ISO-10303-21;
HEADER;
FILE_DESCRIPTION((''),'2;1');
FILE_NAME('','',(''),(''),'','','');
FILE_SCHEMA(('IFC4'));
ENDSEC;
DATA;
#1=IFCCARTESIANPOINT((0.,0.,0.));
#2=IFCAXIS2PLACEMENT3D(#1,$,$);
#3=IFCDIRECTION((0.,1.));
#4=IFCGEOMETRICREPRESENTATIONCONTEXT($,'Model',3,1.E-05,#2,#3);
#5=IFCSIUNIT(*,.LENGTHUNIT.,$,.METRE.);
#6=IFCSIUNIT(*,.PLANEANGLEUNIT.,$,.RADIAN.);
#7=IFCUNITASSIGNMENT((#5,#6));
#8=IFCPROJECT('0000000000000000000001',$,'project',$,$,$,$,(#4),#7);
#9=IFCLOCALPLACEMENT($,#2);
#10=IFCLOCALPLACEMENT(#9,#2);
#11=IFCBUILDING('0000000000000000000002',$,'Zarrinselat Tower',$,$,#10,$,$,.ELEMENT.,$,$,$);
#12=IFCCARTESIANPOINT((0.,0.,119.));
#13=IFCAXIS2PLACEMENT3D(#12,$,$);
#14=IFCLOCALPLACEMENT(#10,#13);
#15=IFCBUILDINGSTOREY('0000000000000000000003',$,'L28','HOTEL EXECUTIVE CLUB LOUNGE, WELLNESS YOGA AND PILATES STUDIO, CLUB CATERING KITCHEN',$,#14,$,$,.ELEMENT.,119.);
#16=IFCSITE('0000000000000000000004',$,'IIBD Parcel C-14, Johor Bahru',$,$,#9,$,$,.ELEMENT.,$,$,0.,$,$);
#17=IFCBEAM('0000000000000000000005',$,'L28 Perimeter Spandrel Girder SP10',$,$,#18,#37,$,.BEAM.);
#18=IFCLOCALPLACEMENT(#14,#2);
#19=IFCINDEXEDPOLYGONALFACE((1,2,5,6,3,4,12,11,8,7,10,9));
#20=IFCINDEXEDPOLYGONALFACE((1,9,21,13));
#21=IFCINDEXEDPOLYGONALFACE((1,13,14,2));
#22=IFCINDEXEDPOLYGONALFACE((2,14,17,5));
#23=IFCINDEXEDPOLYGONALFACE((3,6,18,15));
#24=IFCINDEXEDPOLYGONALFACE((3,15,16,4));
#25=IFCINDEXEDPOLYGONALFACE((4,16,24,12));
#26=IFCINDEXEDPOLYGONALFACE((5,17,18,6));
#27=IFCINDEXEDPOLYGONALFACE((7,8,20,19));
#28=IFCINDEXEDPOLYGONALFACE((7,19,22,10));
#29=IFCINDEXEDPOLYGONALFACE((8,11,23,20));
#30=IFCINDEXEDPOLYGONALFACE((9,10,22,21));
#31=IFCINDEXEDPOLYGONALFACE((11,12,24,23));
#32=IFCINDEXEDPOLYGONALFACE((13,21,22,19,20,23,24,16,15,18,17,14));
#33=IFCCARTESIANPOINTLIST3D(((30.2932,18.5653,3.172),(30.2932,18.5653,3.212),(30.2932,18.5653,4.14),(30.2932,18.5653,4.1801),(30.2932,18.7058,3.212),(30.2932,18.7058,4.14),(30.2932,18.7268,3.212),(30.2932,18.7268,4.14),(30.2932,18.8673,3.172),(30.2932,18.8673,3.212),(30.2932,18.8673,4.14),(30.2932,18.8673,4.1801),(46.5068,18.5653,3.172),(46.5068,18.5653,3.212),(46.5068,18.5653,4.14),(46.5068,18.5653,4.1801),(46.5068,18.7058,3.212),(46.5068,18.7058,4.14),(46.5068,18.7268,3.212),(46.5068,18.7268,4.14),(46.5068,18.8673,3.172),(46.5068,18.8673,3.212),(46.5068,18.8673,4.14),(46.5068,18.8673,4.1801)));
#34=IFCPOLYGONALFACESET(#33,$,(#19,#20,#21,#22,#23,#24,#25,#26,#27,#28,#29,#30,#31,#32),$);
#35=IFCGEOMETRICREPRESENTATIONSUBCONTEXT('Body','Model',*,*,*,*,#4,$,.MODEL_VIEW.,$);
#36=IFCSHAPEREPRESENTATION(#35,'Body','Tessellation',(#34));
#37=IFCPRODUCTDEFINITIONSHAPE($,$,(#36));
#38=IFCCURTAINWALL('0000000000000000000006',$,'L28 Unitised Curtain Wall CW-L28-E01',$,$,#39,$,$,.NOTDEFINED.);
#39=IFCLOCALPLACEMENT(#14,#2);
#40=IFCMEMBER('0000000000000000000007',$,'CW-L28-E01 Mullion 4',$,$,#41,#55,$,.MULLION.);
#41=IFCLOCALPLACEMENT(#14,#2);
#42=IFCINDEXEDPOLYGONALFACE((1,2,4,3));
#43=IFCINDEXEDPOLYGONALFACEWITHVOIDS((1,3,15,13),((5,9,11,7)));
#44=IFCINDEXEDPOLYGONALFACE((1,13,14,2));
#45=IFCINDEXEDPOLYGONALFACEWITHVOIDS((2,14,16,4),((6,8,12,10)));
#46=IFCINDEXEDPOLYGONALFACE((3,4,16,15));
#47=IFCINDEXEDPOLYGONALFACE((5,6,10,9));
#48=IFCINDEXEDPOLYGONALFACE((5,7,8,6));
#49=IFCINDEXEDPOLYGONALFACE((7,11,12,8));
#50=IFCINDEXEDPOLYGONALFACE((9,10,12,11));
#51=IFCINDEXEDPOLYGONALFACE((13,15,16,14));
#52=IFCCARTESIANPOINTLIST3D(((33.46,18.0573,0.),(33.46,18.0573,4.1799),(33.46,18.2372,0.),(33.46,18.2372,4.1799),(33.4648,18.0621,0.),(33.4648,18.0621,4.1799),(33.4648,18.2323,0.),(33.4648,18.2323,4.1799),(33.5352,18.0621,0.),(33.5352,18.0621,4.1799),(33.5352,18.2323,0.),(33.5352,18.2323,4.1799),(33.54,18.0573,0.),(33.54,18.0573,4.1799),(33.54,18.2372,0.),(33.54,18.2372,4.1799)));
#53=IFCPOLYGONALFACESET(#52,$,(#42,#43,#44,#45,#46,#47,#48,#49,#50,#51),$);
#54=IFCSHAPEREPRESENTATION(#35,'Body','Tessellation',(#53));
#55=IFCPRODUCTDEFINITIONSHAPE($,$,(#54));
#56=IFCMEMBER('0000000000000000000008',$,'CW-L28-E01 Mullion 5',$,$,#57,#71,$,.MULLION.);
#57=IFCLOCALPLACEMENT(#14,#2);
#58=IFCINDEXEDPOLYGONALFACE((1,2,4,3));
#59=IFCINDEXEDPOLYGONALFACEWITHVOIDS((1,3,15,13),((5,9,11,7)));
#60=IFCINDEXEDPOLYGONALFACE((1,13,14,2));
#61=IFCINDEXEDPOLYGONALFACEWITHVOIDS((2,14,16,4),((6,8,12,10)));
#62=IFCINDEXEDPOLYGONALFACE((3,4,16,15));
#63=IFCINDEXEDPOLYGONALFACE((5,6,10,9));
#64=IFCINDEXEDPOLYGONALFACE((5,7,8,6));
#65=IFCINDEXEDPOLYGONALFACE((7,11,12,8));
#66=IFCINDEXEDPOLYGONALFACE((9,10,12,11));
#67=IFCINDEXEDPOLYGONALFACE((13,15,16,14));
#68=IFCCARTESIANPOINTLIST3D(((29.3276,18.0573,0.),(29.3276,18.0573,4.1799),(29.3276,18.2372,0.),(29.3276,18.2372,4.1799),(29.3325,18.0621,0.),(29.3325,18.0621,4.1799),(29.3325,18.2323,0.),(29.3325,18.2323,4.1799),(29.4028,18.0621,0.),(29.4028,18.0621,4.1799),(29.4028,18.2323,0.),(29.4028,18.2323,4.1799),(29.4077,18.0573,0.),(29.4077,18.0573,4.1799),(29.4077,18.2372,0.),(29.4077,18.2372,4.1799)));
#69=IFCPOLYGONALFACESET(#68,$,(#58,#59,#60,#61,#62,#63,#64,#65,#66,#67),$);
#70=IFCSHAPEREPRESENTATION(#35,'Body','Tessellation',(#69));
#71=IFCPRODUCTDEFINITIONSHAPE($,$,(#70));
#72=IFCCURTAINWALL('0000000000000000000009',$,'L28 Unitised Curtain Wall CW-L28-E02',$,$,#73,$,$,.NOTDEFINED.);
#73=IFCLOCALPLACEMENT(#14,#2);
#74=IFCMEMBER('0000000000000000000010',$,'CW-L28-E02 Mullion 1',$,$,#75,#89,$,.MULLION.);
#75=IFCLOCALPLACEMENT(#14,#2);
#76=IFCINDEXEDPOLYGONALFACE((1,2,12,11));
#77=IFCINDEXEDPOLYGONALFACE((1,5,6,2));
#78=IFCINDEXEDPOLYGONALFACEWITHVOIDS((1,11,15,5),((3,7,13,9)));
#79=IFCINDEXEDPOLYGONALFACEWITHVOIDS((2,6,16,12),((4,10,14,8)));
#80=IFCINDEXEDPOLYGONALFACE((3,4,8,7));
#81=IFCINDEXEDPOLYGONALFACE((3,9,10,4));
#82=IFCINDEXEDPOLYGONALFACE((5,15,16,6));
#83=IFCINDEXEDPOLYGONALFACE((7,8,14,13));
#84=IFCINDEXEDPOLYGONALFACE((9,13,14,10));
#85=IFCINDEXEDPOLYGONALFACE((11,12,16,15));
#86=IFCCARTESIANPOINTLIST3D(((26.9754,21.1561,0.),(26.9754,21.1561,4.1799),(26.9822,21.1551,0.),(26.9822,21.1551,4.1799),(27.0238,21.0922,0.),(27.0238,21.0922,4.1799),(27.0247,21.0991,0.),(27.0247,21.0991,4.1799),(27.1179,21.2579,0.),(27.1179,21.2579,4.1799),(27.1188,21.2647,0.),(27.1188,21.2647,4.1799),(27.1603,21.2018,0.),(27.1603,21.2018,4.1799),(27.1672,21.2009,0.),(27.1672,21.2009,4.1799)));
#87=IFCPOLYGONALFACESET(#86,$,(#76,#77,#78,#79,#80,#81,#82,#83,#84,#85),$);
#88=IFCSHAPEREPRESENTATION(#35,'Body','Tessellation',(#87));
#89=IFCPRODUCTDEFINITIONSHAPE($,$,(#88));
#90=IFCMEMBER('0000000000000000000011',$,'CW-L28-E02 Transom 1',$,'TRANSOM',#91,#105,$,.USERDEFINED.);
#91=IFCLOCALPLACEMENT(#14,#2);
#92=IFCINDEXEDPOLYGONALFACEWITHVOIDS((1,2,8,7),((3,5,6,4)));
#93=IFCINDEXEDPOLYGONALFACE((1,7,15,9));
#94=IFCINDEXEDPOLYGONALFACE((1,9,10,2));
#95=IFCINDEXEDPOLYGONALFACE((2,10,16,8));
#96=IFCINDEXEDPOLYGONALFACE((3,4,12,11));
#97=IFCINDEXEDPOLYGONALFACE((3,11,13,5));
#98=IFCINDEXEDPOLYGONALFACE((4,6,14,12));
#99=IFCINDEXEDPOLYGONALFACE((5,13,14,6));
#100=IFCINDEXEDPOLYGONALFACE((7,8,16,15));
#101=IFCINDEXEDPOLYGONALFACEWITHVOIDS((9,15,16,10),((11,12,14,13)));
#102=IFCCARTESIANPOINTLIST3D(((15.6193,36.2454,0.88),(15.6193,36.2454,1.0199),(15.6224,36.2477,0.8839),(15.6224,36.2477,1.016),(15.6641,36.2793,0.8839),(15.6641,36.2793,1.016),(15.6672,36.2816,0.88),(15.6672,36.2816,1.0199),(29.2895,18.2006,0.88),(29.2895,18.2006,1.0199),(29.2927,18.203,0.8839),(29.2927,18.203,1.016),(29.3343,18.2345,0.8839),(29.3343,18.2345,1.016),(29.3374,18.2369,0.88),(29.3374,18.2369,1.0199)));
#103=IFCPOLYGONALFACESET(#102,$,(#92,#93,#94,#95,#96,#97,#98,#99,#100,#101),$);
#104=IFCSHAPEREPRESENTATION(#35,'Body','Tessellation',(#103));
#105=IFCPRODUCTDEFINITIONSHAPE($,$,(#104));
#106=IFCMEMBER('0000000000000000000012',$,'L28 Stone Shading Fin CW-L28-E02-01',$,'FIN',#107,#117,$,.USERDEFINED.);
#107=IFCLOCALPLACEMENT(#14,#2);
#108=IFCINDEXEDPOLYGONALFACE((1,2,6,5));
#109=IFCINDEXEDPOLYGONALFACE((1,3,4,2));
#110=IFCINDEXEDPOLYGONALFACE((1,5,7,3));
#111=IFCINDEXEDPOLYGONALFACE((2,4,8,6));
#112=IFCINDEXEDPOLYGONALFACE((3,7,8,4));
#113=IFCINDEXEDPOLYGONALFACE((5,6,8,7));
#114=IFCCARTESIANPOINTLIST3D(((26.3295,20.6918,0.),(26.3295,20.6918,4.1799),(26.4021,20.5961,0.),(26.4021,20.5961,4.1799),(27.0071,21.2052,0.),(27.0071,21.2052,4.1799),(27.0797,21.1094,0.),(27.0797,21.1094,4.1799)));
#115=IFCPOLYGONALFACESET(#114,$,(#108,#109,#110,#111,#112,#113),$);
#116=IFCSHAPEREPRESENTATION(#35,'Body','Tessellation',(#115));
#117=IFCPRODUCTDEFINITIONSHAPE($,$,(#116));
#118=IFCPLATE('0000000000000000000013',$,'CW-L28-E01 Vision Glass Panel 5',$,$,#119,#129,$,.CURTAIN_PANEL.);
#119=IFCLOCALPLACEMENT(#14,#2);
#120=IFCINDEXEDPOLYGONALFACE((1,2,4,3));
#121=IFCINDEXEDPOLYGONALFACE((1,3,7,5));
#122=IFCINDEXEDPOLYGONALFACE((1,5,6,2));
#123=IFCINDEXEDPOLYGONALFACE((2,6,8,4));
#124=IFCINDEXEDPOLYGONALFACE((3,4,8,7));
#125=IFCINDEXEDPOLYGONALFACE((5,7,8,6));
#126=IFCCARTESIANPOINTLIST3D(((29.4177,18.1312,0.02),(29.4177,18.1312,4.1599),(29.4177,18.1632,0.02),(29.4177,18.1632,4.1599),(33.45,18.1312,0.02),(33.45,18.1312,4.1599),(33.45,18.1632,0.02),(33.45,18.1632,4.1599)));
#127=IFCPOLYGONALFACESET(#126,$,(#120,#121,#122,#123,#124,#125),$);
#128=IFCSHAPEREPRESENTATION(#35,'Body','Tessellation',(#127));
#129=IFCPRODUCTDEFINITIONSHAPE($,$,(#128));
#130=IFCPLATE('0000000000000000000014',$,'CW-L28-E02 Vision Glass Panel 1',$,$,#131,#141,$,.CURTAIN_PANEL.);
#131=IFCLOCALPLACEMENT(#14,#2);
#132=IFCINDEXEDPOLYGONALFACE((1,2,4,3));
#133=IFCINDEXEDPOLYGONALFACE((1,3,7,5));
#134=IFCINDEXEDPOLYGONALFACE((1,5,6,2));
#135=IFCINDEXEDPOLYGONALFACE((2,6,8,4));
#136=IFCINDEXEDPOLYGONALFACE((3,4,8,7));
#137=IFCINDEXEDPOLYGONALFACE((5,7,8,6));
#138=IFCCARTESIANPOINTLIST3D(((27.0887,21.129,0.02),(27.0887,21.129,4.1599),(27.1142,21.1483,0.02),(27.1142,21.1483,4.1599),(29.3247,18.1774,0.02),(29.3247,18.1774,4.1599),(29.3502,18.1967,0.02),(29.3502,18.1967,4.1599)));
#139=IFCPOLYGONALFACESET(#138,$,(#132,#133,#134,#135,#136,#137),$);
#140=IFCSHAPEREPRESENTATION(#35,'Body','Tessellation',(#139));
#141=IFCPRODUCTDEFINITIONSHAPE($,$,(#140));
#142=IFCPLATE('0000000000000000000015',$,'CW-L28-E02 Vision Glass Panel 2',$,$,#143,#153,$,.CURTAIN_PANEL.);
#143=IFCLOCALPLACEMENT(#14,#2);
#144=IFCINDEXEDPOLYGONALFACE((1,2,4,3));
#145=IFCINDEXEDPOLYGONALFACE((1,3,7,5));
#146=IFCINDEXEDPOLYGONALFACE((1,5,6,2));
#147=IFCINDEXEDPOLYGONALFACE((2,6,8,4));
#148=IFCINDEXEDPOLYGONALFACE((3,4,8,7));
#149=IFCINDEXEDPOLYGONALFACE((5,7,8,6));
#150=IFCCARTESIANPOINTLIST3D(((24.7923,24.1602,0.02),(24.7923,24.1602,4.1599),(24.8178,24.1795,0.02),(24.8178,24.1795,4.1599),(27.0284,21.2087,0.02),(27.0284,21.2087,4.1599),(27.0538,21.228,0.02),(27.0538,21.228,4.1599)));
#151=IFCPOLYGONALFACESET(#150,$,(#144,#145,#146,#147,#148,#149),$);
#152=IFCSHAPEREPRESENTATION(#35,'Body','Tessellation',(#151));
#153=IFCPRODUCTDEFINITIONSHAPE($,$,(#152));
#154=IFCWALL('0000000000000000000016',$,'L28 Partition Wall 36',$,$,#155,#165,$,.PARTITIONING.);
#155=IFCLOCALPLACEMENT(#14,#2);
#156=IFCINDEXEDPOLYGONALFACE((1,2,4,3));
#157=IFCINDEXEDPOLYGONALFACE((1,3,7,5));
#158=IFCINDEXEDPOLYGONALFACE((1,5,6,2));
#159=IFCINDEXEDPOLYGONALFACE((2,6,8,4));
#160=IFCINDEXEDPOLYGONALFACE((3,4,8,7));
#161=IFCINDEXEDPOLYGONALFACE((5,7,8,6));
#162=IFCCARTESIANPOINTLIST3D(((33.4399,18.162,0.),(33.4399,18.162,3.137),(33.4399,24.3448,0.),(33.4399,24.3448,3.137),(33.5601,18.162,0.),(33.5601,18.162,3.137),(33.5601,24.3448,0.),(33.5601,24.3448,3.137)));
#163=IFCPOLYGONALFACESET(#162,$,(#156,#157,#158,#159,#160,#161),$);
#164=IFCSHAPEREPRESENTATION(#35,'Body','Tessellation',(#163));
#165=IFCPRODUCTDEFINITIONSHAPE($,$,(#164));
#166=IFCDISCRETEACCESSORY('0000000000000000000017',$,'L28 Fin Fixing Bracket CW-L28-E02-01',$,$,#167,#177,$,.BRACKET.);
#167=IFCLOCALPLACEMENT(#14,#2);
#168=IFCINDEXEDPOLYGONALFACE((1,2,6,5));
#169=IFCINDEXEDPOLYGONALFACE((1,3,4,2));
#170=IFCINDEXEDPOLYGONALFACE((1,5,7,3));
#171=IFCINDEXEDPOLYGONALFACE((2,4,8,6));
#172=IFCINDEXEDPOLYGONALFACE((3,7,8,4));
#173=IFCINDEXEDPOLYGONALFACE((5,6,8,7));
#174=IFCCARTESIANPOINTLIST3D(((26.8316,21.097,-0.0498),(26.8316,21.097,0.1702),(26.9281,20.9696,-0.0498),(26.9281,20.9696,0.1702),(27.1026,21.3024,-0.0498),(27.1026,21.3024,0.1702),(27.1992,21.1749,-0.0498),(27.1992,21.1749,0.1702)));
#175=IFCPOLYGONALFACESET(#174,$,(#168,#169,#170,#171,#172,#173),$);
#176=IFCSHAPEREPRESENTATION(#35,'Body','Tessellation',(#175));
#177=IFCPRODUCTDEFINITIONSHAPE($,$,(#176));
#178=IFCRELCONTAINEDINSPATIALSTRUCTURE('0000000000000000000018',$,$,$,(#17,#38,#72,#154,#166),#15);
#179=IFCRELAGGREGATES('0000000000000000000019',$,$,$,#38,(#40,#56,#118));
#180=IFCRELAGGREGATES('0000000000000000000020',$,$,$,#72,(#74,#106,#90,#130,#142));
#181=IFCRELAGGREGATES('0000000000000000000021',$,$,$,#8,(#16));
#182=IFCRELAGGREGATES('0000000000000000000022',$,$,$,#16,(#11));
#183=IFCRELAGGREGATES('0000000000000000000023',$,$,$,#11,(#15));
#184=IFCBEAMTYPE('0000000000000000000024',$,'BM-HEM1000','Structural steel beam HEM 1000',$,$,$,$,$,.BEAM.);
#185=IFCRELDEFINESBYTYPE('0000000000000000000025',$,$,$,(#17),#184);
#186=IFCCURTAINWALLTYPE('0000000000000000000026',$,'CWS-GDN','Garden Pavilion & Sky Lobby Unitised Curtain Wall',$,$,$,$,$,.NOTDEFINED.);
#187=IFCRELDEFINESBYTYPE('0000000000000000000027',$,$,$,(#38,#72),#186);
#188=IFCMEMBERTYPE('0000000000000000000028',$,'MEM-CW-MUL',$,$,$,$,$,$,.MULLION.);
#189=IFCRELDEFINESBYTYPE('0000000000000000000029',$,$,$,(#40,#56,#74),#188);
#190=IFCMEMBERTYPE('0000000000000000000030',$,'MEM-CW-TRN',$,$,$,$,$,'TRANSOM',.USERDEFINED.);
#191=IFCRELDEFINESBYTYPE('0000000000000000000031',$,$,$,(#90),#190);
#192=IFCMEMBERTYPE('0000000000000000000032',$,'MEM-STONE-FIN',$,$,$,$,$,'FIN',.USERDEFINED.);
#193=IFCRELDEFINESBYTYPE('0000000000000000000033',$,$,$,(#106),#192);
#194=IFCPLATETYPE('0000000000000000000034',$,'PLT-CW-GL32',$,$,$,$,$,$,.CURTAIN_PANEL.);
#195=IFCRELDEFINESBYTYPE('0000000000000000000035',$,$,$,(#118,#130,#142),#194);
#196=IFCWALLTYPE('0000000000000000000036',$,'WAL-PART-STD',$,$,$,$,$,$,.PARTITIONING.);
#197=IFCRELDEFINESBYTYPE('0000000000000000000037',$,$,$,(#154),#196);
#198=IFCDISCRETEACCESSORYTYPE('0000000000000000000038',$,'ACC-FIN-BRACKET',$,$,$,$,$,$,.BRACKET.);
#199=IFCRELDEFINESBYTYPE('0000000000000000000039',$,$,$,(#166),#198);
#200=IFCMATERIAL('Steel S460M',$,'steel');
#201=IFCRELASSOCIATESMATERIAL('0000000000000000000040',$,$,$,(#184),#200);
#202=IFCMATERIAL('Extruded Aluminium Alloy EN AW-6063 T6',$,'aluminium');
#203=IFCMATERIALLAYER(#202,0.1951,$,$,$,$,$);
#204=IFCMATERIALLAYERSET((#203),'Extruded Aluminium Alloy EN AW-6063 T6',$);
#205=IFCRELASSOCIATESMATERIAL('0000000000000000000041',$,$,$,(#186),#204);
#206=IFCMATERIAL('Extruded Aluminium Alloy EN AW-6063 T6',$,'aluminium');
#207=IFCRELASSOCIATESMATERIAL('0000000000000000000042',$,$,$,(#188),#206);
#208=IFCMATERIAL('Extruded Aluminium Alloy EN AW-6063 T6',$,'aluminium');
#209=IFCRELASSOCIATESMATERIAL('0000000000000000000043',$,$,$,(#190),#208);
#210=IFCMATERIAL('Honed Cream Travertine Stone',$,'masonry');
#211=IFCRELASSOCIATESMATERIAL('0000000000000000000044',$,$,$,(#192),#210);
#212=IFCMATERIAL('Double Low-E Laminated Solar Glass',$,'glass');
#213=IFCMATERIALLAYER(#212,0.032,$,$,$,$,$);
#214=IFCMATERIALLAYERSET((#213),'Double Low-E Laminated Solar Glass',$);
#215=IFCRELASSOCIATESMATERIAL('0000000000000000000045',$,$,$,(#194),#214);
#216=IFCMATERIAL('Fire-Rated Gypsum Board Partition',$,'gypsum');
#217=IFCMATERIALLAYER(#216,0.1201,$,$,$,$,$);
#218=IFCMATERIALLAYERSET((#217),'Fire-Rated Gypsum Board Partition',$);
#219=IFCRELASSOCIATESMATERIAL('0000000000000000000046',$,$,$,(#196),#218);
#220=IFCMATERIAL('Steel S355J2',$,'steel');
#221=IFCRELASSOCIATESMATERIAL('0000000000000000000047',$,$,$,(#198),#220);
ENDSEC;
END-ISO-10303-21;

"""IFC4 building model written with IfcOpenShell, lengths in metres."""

from ifc_helpers import new_model, si_unit, direction, frame, frame_2d, origin, origin_2d, place, context, subcontext, project, spatial, rectangle, hollow_rectangle, i_section, extrude, material, layer, layer_set, material_profile, profile_set, type_object, element, aggregate, save


model = new_model("IFC4")

# Units and contexts
model_context = context("Model", 3, precision=1e-05, world=origin(), true_north=direction((0.0, 1.0)))
body_context = subcontext(model_context, "Body", "Model", "MODEL_VIEW")
ifc_project = project(units=[si_unit("LENGTHUNIT", "METRE"), si_unit("PLANEANGLEUNIT", "RADIAN")], contexts=[model_context])

# Site, building, storey
site_placement = place(None, origin())
site = spatial("IfcSite", under=ifc_project, at=site_placement, Name="IIBD Parcel C-14, Johor Bahru", CompositionType="ELEMENT", RefElevation=0.0)
building_placement = place(site_placement, origin())
building = spatial("IfcBuilding", under=site, at=building_placement, Name="Zarrinselat Tower", CompositionType="ELEMENT")
storey_placement = place(building_placement, frame((0.0, 0.0, 119.0)))
storey = spatial("IfcBuildingStorey", under=building, at=storey_placement, Name="L28", Description="HOTEL EXECUTIVE CLUB LOUNGE, WELLNESS YOGA AND PILATES STUDIO, CLUB CATERING KITCHEN", CompositionType="ELEMENT", Elevation=119.0)

# Beam
ifc_material_1 = material(Name="Steel S460M", Category="steel")
ifc_material_profile_1 = material_profile(ifc_material_1, i_section(OverallWidth=0.302, OverallDepth=1.0081, WebThickness=0.021, FlangeThickness=0.04, at=origin_2d()), Name="HEM 1000")
ifc_profile_set_1 = profile_set([ifc_material_profile_1], Name="Steel S460M")
beam_type_1 = type_object("IfcBeamType", Name="BM-HEM1000", Description="Structural steel beam HEM 1000", PredefinedType="BEAM", material=ifc_profile_set_1)
beam_1_placement = place(storey_placement, frame((30.2932, 18.7163, 3.676), z_axis=(1.0, 0.0, 0.0), x_axis=(0.0, 1.0, 0.0)))
element("IfcBeam", 1, at=beam_1_placement, inside=storey, type_object=beam_type_1, Name="L28 Perimeter Spandrel Girder SP10", PredefinedType="BEAM", context=body_context, shape_type="SweptSolid", body=[
    extrude(i_section(OverallWidth=0.302, OverallDepth=1.0081, WebThickness=0.021, FlangeThickness=0.04, at=origin_2d()), origin(), (0.0, 0.0, 1.0), 16.2136),
])

# Curtain walls, members
ifc_material_2 = material(Name="Extruded Aluminium Alloy EN AW-6063 T6", Category="aluminium")
ifc_layer_1 = layer(ifc_material_2, 0.1951)
ifc_layer_set_1 = layer_set([ifc_layer_1], Name="Extruded Aluminium Alloy EN AW-6063 T6")
curtain_wall_type = type_object("IfcCurtainWallType", Name="CWS-GDN", Description="Garden Pavilion & Sky Lobby Unitised Curtain Wall", PredefinedType="NOTDEFINED", material=ifc_layer_set_1)
curtain_wall_1_placement = place(storey_placement, origin())
curtain_wall_1 = element("IfcCurtainWall", 2, at=curtain_wall_1_placement, inside=storey, type_object=curtain_wall_type, Name="L28 Unitised Curtain Wall CW-L28-E01", PredefinedType="NOTDEFINED")
ifc_material_3 = material(Name="Extruded Aluminium Alloy EN AW-6063 T6", Category="aluminium")
ifc_material_profile_2 = material_profile(ifc_material_3, hollow_rectangle(XDim=0.0801, YDim=0.1799, WallThickness=0.0049, at=origin_2d()), Name="RHS 180x80x5")
ifc_profile_set_2 = profile_set([ifc_material_profile_2], Name="Extruded Aluminium Alloy EN AW-6063 T6")
member_type_1 = type_object("IfcMemberType", Name="MEM-CW-MUL", PredefinedType="MULLION", material=ifc_profile_set_2)
member_1_placement = place(storey_placement, frame((33.5, 18.1472, 0.0), z_axis=(0.0, 0.0, 1.0), x_axis=(-1.0, 0.0, 0.0)))
member_1 = element("IfcMember", 3, at=member_1_placement, type_object=member_type_1, Name="CW-L28-E01 Mullion 4", PredefinedType="MULLION", context=body_context, shape_type="SweptSolid", body=[
    extrude(hollow_rectangle(XDim=0.0801, YDim=0.1799, WallThickness=0.0049, at=origin_2d()), origin(), (0.0, 0.0, 1.0), 4.1799),
])
member_2_placement = place(storey_placement, frame((29.3677, 18.1472, 0.0), z_axis=(0.0, 0.0, 1.0), x_axis=(-1.0, 0.0, 0.0)))
member_2 = element("IfcMember", 4, at=member_2_placement, type_object=member_type_1, Name="CW-L28-E01 Mullion 5", PredefinedType="MULLION", context=body_context, shape_type="SweptSolid", body=[
    extrude(hollow_rectangle(XDim=0.0801, YDim=0.1799, WallThickness=0.0049, at=origin_2d()), origin(), (0.0, 0.0, 1.0), 4.1799),
])
curtain_wall_2_placement = place(storey_placement, origin())
curtain_wall_2 = element("IfcCurtainWall", 5, at=curtain_wall_2_placement, inside=storey, type_object=curtain_wall_type, Name="L28 Unitised Curtain Wall CW-L28-E02", PredefinedType="NOTDEFINED")
member_3_placement = place(storey_placement, frame((27.0713, 21.1785, 0.0), z_axis=(0.0, 0.0, 1.0), x_axis=(-0.603858, 0.797092, 0.0)))
member_3 = element("IfcMember", 6, at=member_3_placement, type_object=member_type_1, Name="CW-L28-E02 Mullion 1", PredefinedType="MULLION", context=body_context, shape_type="SweptSolid", body=[
    extrude(hollow_rectangle(XDim=0.0801, YDim=0.1799, WallThickness=0.0049, at=origin_2d()), origin(), (0.0, 0.0, 1.0), 4.1799),
])
ifc_material_4 = material(Name="Extruded Aluminium Alloy EN AW-6063 T6", Category="aluminium")
ifc_material_profile_3 = material_profile(ifc_material_4, hollow_rectangle(XDim=0.0601, YDim=0.1399, WallThickness=0.0039, at=origin_2d()), Name="RHS 140x60x4")
ifc_profile_set_3 = profile_set([ifc_material_profile_3], Name="Extruded Aluminium Alloy EN AW-6063 T6")
member_type_2 = type_object("IfcMemberType", Name="MEM-CW-TRN", ElementType="TRANSOM", PredefinedType="USERDEFINED", material=ifc_profile_set_3)
member_4_placement = place(storey_placement, frame((29.3135, 18.2188, 0.95), z_axis=(-0.603856, 0.797093, 0.0), x_axis=(-0.797093, -0.603856, 0.0)))
member_4 = element("IfcMember", 7, at=member_4_placement, type_object=member_type_2, Name="CW-L28-E02 Transom 1", ObjectType="TRANSOM", PredefinedType="USERDEFINED", context=body_context, shape_type="SweptSolid", body=[
    extrude(hollow_rectangle(XDim=0.0601, YDim=0.1399, WallThickness=0.0039, at=origin_2d()), origin(), (0.0, 0.0, 1.0), 22.6382),
])
ifc_material_5 = material(Name="Honed Cream Travertine Stone", Category="masonry")
ifc_material_profile_4 = material_profile(ifc_material_5, rectangle(XDim=0.1201, YDim=0.8501, at=origin_2d()), Name="FIN 850x120")
ifc_profile_set_4 = profile_set([ifc_material_profile_4], Name="Honed Cream Travertine Stone")
member_type_3 = type_object("IfcMemberType", Name="MEM-STONE-FIN", ElementType="FIN", PredefinedType="USERDEFINED", material=ifc_profile_set_4)
member_5_placement = place(storey_placement, frame((26.7046, 20.9006, 0.0), z_axis=(0.0, 0.0, 1.0), x_axis=(-0.603858, 0.797092, 0.0)))
member_5 = element("IfcMember", 8, at=member_5_placement, type_object=member_type_3, Name="L28 Stone Shading Fin CW-L28-E02-01", ObjectType="FIN", PredefinedType="USERDEFINED", context=body_context, shape_type="SweptSolid", body=[
    extrude(rectangle(XDim=0.1201, YDim=0.8501, at=origin_2d()), origin(), (0.0, 0.0, 1.0), 4.1799),
])

# Plates
ifc_material_6 = material(Name="Double Low-E Laminated Solar Glass", Category="glass")
ifc_layer_2 = layer(ifc_material_6, 0.032)
ifc_layer_set_2 = layer_set([ifc_layer_2], Name="Double Low-E Laminated Solar Glass")
plate_type = type_object("IfcPlateType", Name="PLT-CW-GL32", PredefinedType="CURTAIN_PANEL", material=ifc_layer_set_2)
plate_1_placement = place(storey_placement, frame((31.4338, 18.1472, 0.02), z_axis=(0.0, 0.0, 1.0), x_axis=(-1.0, 0.0, 0.0)))
plate_1 = element("IfcPlate", 9, at=plate_1_placement, type_object=plate_type, Name="CW-L28-E01 Vision Glass Panel 5", PredefinedType="CURTAIN_PANEL", context=body_context, shape_type="SweptSolid", body=[
    extrude(rectangle(XDim=4.0322, YDim=0.032, at=origin_2d()), origin(), (0.0, 0.0, 1.0), 4.1399),
])
aggregate(curtain_wall_1, [member_1, member_2, plate_1])
plate_2_placement = place(storey_placement, frame((28.2195, 19.6628, 0.02), z_axis=(0.0, 0.0, 1.0), x_axis=(-0.603858, 0.797092, 0.0)))
plate_2 = element("IfcPlate", 10, at=plate_2_placement, type_object=plate_type, Name="CW-L28-E02 Vision Glass Panel 1", PredefinedType="CURTAIN_PANEL", context=body_context, shape_type="SweptSolid", body=[
    extrude(rectangle(XDim=3.7029, YDim=0.032, at=origin_2d()), origin(), (0.0, 0.0, 1.0), 4.1399),
])
plate_3_placement = place(storey_placement, frame((25.9231, 22.6941, 0.02), z_axis=(0.0, 0.0, 1.0), x_axis=(-0.603858, 0.797092, 0.0)))
plate_3 = element("IfcPlate", 11, at=plate_3_placement, type_object=plate_type, Name="CW-L28-E02 Vision Glass Panel 2", PredefinedType="CURTAIN_PANEL", context=body_context, shape_type="SweptSolid", body=[
    extrude(rectangle(XDim=3.7029, YDim=0.032, at=origin_2d()), origin(), (0.0, 0.0, 1.0), 4.1399),
])
aggregate(curtain_wall_2, [member_3, member_5, member_4, plate_2, plate_3])

# Wall
ifc_material_7 = material(Name="Fire-Rated Gypsum Board Partition", Category="gypsum")
ifc_layer_3 = layer(ifc_material_7, 0.1201)
ifc_layer_set_3 = layer_set([ifc_layer_3], Name="Fire-Rated Gypsum Board Partition")
wall_type = type_object("IfcWallType", Name="WAL-PART-STD", PredefinedType="PARTITIONING", material=ifc_layer_set_3)
wall_placement = place(storey_placement, frame((33.5, 18.1621, 0.0), z_axis=(0.0, 0.0, 1.0), x_axis=(0.0, 1.0, 0.0)))
element("IfcWall", 12, at=wall_placement, inside=storey, type_object=wall_type, Name="L28 Partition Wall 36", PredefinedType="PARTITIONING", context=body_context, shape_type="SweptSolid", body=[
    extrude(rectangle(XDim=6.1829, YDim=0.1201, at=frame_2d((3.0913, 0.0))), origin(), (0.0, 0.0, 1.0), 3.137),
])

# Discrete accessory
ifc_material_8 = material(Name="Steel S355J2", Category="steel")
discrete_accessory_type = type_object("IfcDiscreteAccessoryType", Name="ACC-FIN-BRACKET", PredefinedType="BRACKET", material=ifc_material_8)
discrete_accessory_placement = place(storey_placement, frame((27.0154, 21.136, -0.0498), z_axis=(0.0, 0.0, 1.0), x_axis=(-0.797092, -0.603858, 0.0)))
element("IfcDiscreteAccessory", 13, at=discrete_accessory_placement, inside=storey, type_object=discrete_accessory_type, Name="L28 Fin Fixing Bracket CW-L28-E02-01", PredefinedType="BRACKET", context=body_context, shape_type="SweptSolid", body=[
    extrude(rectangle(XDim=0.3401, YDim=0.1599, at=origin_2d()), origin(), (0.0, 0.0, 1.0), 0.22),
])

save(model, "model.ifc")
